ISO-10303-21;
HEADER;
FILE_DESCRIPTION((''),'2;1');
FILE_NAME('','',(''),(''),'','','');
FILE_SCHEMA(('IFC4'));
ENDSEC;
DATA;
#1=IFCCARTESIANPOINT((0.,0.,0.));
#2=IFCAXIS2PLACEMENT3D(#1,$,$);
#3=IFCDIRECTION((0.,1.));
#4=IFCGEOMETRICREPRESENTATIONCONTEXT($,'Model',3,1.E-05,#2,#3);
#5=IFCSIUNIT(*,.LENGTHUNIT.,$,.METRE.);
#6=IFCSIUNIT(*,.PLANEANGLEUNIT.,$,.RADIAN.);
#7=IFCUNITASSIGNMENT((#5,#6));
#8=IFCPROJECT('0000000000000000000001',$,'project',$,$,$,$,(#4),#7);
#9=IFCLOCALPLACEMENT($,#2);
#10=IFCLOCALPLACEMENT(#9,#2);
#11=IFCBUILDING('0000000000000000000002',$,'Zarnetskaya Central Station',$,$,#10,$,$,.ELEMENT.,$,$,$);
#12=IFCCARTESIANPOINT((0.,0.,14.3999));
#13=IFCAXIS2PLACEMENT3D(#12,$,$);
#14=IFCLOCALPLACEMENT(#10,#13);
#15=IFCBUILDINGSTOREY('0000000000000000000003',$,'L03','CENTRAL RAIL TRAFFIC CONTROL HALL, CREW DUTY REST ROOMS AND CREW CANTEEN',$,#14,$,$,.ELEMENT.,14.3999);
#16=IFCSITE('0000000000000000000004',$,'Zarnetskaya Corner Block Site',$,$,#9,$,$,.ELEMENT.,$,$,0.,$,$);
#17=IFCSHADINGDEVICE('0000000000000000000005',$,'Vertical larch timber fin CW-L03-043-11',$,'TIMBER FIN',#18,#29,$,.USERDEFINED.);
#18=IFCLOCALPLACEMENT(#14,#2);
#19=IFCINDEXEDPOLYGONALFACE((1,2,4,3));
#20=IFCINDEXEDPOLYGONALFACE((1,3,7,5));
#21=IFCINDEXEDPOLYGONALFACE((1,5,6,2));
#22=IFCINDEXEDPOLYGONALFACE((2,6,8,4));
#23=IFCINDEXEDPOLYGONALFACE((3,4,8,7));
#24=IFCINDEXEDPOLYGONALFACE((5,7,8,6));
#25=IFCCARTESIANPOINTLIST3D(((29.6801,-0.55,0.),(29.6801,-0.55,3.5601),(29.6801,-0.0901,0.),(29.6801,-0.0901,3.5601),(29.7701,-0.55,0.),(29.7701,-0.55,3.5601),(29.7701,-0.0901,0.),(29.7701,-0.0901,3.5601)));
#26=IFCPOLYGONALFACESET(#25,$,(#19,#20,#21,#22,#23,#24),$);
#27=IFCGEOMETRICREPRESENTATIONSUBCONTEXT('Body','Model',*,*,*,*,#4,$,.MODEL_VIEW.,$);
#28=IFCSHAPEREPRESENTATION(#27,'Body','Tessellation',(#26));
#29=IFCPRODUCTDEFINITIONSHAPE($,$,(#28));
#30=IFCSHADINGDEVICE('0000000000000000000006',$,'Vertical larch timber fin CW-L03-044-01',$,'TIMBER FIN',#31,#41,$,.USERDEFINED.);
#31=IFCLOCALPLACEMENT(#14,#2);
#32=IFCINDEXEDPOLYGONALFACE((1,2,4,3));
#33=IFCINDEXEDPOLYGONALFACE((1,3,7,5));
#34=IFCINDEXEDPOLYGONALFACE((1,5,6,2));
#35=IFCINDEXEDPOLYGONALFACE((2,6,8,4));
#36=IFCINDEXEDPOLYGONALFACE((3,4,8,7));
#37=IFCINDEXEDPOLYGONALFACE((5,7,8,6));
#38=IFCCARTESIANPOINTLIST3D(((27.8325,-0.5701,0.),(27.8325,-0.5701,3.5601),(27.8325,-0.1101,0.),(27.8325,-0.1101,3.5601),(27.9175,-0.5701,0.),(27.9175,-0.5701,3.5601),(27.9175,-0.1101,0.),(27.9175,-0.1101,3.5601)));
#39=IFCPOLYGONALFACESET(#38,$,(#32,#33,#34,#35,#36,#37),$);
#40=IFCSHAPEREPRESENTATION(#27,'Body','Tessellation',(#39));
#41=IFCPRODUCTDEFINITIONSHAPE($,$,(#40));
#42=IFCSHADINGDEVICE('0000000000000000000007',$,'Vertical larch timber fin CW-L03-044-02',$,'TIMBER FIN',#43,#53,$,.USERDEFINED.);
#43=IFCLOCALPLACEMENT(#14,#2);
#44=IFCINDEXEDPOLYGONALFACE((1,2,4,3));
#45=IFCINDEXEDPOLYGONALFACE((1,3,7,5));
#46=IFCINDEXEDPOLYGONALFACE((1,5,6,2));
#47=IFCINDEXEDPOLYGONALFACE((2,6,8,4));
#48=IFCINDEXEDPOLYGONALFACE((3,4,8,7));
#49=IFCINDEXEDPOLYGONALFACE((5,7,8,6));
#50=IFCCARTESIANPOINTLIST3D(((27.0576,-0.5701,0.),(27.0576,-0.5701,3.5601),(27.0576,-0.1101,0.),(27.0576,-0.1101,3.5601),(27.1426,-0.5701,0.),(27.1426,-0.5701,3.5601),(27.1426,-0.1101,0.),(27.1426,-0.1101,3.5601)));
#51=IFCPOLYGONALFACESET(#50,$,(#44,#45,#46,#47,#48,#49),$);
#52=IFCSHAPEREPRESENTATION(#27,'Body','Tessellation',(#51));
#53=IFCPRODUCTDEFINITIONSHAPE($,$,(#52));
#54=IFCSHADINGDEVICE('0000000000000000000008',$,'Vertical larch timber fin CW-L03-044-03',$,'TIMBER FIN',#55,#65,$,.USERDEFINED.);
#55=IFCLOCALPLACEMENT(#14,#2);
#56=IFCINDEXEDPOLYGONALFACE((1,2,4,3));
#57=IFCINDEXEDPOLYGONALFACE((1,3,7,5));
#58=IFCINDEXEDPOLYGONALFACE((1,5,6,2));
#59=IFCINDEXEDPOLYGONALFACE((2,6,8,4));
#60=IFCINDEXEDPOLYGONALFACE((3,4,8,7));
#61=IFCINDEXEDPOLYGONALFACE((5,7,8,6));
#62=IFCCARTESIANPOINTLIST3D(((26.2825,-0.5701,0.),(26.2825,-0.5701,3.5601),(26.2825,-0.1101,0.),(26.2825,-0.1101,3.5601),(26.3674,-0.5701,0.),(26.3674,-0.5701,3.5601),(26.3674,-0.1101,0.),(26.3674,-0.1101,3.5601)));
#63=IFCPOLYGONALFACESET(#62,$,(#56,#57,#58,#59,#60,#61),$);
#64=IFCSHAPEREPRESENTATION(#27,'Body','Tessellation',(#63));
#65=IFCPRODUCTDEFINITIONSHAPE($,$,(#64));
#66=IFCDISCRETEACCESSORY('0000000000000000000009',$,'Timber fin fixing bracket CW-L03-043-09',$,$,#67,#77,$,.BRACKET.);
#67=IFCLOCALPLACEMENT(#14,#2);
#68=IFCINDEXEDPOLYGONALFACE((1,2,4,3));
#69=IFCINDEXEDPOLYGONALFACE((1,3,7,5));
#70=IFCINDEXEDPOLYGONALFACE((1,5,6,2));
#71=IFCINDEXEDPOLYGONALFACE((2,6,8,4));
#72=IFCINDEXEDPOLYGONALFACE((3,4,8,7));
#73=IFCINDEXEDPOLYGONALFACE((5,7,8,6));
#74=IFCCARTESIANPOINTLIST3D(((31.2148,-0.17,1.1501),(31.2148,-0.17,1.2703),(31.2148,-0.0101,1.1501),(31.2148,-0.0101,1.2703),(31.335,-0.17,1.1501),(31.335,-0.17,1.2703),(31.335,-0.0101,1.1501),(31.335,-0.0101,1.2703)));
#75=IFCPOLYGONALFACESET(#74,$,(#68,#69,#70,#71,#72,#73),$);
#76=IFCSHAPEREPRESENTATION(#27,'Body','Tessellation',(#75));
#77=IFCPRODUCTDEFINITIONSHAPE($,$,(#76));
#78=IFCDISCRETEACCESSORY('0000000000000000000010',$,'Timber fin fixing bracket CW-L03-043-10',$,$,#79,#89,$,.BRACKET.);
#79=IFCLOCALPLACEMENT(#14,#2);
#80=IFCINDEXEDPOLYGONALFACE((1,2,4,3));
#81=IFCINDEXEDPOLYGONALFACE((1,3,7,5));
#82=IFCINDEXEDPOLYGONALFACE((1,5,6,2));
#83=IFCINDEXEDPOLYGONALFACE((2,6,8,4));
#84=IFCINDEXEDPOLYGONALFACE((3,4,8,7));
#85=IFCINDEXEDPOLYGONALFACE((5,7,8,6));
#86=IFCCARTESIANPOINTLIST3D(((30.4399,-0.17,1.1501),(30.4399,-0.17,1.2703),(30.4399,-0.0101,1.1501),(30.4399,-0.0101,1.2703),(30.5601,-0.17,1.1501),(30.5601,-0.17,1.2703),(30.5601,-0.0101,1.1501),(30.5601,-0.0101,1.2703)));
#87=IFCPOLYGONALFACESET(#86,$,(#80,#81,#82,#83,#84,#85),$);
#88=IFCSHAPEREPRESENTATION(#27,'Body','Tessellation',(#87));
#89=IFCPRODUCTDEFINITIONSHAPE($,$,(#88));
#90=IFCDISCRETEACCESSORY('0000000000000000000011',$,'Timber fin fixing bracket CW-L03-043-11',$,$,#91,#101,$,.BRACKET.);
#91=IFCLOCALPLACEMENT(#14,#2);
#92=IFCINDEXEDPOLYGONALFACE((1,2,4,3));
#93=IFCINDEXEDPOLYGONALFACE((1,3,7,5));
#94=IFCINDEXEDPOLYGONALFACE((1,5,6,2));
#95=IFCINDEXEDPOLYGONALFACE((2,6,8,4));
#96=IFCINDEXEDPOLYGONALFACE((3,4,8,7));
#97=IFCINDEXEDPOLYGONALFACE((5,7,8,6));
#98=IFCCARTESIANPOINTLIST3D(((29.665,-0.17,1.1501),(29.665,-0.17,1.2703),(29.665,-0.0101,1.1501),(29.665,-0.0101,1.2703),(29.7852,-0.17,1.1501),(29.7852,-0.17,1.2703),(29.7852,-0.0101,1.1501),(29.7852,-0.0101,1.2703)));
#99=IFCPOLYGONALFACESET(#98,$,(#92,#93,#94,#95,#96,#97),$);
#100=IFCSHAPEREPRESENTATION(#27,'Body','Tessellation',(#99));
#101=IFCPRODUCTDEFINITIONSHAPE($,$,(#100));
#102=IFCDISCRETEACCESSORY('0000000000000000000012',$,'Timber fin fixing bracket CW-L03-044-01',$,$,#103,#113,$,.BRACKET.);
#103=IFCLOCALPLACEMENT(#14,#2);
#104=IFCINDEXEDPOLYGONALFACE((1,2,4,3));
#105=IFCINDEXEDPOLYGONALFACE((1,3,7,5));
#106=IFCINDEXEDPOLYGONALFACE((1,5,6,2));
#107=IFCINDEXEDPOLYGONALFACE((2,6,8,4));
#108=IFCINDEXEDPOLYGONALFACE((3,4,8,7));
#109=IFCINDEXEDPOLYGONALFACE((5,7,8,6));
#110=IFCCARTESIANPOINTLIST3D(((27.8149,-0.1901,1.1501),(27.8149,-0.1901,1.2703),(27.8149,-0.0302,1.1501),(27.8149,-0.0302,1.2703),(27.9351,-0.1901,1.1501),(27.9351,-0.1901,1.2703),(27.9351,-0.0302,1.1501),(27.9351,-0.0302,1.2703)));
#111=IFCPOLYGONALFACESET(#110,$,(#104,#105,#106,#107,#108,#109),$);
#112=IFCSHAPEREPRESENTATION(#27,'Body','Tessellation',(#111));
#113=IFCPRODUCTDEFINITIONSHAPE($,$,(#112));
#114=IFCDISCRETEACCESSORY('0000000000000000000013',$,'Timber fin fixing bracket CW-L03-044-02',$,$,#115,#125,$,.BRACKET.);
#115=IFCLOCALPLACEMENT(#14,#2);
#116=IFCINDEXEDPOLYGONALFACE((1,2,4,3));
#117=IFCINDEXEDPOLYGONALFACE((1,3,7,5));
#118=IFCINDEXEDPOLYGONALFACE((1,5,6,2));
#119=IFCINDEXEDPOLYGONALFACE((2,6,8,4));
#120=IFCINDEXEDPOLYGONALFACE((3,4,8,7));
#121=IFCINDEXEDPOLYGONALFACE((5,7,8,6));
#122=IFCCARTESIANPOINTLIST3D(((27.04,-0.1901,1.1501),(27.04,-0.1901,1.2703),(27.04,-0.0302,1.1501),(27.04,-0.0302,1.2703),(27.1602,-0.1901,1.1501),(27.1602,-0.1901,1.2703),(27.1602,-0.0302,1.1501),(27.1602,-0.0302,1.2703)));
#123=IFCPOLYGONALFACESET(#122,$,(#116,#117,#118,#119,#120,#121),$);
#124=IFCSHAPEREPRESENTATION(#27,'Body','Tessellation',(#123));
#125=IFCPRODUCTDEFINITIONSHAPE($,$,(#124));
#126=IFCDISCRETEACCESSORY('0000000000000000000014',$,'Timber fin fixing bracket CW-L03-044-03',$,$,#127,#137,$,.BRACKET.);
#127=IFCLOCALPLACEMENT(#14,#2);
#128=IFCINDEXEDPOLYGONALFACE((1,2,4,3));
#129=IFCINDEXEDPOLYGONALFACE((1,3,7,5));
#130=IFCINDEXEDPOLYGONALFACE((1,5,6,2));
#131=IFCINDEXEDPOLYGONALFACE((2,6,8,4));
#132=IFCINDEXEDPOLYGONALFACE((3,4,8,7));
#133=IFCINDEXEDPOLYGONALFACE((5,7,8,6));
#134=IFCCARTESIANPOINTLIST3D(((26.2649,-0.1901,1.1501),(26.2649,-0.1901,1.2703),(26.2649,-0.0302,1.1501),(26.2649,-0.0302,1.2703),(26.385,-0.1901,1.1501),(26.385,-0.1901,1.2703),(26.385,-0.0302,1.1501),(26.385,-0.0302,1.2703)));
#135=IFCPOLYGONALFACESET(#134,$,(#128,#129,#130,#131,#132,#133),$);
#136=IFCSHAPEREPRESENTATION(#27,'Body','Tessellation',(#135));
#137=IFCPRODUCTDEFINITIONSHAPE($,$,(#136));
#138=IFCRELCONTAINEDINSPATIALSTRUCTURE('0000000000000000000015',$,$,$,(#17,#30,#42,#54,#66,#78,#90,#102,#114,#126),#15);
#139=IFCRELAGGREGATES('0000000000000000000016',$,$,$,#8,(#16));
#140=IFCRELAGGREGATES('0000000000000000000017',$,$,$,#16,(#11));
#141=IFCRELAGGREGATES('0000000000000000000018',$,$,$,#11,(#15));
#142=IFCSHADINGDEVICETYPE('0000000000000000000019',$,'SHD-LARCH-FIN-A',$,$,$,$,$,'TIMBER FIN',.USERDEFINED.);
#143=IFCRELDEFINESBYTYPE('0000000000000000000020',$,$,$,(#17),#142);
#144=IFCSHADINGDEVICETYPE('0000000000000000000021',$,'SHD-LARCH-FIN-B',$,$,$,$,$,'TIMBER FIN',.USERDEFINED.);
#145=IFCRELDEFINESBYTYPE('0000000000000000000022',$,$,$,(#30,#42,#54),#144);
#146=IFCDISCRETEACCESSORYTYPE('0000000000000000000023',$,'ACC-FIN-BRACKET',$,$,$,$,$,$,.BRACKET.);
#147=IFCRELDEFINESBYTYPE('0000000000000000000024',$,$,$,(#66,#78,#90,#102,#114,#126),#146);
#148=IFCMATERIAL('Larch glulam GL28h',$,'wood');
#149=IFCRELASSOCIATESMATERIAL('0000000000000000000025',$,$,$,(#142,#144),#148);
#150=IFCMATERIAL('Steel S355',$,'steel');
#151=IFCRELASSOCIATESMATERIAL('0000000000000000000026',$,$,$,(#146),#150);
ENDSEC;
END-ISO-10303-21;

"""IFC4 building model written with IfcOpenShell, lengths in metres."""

from ifc_helpers import new_model, si_unit, direction, frame, origin, origin_2d, place, context, subcontext, project, spatial, rectangle, extrude, material, type_object, element, save


model = new_model("IFC4")

# Units and contexts
model_context = context("Model", 3, precision=1e-05, world=origin(), true_north=direction((0.0, 1.0)))
body_context = subcontext(model_context, "Body", "Model", "MODEL_VIEW")
ifc_project = project(units=[si_unit("LENGTHUNIT", "METRE"), si_unit("PLANEANGLEUNIT", "RADIAN")], contexts=[model_context])

# Site, building, storey
site_placement = place(None, origin())
site = spatial("IfcSite", under=ifc_project, at=site_placement, Name="Zarnetskaya Corner Block Site", CompositionType="ELEMENT", RefElevation=0.0)
building_placement = place(site_placement, origin())
building = spatial("IfcBuilding", under=site, at=building_placement, Name="Zarnetskaya Central Station", CompositionType="ELEMENT")
storey_placement = place(building_placement, frame((0.0, 0.0, 14.3999)))
storey = spatial("IfcBuildingStorey", under=building, at=storey_placement, Name="L03", Description="CENTRAL RAIL TRAFFIC CONTROL HALL, CREW DUTY REST ROOMS AND CREW CANTEEN", CompositionType="ELEMENT", Elevation=14.3999)

# Shading devices
ifc_material_1 = material(Name="Larch glulam GL28h", Category="wood")
shading_device_type_1 = type_object("IfcShadingDeviceType", Name="SHD-LARCH-FIN-A", ElementType="TIMBER FIN", PredefinedType="USERDEFINED", material=ifc_material_1)
for number, where, z_axis, x_axis, name in (
    (1, (29.7251, -0.3201, 0.0), (0.0, 0.0, 1.0), (-1.0, 0.0, 0.0), "Vertical larch timber fin CW-L03-043-11"),
):
    element("IfcShadingDevice", number, at=place(storey_placement, frame(where, z_axis=z_axis, x_axis=x_axis)), inside=storey, type_object=shading_device_type_1, Name=name, ObjectType="TIMBER FIN", PredefinedType="USERDEFINED", context=body_context, shape_type="SweptSolid", body=[
        extrude(rectangle(XDim=0.0901, YDim=0.46, at=origin_2d()), origin(), (0.0, 0.0, 1.0), 3.5601),
    ])
shading_device_type_2 = type_object("IfcShadingDeviceType", Name="SHD-LARCH-FIN-B", ElementType="TIMBER FIN", PredefinedType="USERDEFINED", material=ifc_material_1)
for number, where, z_axis, x_axis, name in (
    (2, (27.875, -0.3401, 0.0), (0.0, 0.0, 1.0), (-1.0, 0.0, 0.0), "Vertical larch timber fin CW-L03-044-01"),
    (3, (27.1001, -0.3401, 0.0), (0.0, 0.0, 1.0), (-1.0, 0.0, 0.0), "Vertical larch timber fin CW-L03-044-02"),
    (4, (26.325, -0.3401, 0.0), (0.0, 0.0, 1.0), (-1.0, 0.0, 0.0), "Vertical larch timber fin CW-L03-044-03"),
):
    element("IfcShadingDevice", number, at=place(storey_placement, frame(where, z_axis=z_axis, x_axis=x_axis)), inside=storey, type_object=shading_device_type_2, Name=name, ObjectType="TIMBER FIN", PredefinedType="USERDEFINED", context=body_context, shape_type="SweptSolid", body=[
        extrude(rectangle(XDim=0.085, YDim=0.46, at=origin_2d()), origin(), (0.0, 0.0, 1.0), 3.5601),
    ])

# Discrete accessories
ifc_material_2 = material(Name="Steel S355", Category="steel")
discrete_accessory_type = type_object("IfcDiscreteAccessoryType", Name="ACC-FIN-BRACKET", PredefinedType="BRACKET", material=ifc_material_2)
for number, where, z_axis, x_axis, name in (
    (5, (31.2749, -0.0901, 1.1501), (0.0, 0.0, 1.0), (-1.0, 0.0, 0.0), "Timber fin fixing bracket CW-L03-043-09"),
    (6, (30.5, -0.0901, 1.1501), (0.0, 0.0, 1.0), (-1.0, 0.0, 0.0), "Timber fin fixing bracket CW-L03-043-10"),
    (7, (29.7251, -0.0901, 1.1501), (0.0, 0.0, 1.0), (-1.0, 0.0, 0.0), "Timber fin fixing bracket CW-L03-043-11"),
    (8, (27.875, -0.1101, 1.1501), (0.0, 0.0, 1.0), (-1.0, 0.0, 0.0), "Timber fin fixing bracket CW-L03-044-01"),
    (9, (27.1001, -0.1101, 1.1501), (0.0, 0.0, 1.0), (-1.0, 0.0, 0.0), "Timber fin fixing bracket CW-L03-044-02"),
    (10, (26.325, -0.1101, 1.1501), (0.0, 0.0, 1.0), (-1.0, 0.0, 0.0), "Timber fin fixing bracket CW-L03-044-03"),
):
    element("IfcDiscreteAccessory", number, at=place(storey_placement, frame(where, z_axis=z_axis, x_axis=x_axis)), inside=storey, type_object=discrete_accessory_type, Name=name, PredefinedType="BRACKET", context=body_context, shape_type="SweptSolid", body=[
        extrude(rectangle(XDim=0.1201, YDim=0.1599, at=origin_2d()), origin(), (0.0, 0.0, 1.0), 0.1201),
    ])

save(model, "model.ifc")
